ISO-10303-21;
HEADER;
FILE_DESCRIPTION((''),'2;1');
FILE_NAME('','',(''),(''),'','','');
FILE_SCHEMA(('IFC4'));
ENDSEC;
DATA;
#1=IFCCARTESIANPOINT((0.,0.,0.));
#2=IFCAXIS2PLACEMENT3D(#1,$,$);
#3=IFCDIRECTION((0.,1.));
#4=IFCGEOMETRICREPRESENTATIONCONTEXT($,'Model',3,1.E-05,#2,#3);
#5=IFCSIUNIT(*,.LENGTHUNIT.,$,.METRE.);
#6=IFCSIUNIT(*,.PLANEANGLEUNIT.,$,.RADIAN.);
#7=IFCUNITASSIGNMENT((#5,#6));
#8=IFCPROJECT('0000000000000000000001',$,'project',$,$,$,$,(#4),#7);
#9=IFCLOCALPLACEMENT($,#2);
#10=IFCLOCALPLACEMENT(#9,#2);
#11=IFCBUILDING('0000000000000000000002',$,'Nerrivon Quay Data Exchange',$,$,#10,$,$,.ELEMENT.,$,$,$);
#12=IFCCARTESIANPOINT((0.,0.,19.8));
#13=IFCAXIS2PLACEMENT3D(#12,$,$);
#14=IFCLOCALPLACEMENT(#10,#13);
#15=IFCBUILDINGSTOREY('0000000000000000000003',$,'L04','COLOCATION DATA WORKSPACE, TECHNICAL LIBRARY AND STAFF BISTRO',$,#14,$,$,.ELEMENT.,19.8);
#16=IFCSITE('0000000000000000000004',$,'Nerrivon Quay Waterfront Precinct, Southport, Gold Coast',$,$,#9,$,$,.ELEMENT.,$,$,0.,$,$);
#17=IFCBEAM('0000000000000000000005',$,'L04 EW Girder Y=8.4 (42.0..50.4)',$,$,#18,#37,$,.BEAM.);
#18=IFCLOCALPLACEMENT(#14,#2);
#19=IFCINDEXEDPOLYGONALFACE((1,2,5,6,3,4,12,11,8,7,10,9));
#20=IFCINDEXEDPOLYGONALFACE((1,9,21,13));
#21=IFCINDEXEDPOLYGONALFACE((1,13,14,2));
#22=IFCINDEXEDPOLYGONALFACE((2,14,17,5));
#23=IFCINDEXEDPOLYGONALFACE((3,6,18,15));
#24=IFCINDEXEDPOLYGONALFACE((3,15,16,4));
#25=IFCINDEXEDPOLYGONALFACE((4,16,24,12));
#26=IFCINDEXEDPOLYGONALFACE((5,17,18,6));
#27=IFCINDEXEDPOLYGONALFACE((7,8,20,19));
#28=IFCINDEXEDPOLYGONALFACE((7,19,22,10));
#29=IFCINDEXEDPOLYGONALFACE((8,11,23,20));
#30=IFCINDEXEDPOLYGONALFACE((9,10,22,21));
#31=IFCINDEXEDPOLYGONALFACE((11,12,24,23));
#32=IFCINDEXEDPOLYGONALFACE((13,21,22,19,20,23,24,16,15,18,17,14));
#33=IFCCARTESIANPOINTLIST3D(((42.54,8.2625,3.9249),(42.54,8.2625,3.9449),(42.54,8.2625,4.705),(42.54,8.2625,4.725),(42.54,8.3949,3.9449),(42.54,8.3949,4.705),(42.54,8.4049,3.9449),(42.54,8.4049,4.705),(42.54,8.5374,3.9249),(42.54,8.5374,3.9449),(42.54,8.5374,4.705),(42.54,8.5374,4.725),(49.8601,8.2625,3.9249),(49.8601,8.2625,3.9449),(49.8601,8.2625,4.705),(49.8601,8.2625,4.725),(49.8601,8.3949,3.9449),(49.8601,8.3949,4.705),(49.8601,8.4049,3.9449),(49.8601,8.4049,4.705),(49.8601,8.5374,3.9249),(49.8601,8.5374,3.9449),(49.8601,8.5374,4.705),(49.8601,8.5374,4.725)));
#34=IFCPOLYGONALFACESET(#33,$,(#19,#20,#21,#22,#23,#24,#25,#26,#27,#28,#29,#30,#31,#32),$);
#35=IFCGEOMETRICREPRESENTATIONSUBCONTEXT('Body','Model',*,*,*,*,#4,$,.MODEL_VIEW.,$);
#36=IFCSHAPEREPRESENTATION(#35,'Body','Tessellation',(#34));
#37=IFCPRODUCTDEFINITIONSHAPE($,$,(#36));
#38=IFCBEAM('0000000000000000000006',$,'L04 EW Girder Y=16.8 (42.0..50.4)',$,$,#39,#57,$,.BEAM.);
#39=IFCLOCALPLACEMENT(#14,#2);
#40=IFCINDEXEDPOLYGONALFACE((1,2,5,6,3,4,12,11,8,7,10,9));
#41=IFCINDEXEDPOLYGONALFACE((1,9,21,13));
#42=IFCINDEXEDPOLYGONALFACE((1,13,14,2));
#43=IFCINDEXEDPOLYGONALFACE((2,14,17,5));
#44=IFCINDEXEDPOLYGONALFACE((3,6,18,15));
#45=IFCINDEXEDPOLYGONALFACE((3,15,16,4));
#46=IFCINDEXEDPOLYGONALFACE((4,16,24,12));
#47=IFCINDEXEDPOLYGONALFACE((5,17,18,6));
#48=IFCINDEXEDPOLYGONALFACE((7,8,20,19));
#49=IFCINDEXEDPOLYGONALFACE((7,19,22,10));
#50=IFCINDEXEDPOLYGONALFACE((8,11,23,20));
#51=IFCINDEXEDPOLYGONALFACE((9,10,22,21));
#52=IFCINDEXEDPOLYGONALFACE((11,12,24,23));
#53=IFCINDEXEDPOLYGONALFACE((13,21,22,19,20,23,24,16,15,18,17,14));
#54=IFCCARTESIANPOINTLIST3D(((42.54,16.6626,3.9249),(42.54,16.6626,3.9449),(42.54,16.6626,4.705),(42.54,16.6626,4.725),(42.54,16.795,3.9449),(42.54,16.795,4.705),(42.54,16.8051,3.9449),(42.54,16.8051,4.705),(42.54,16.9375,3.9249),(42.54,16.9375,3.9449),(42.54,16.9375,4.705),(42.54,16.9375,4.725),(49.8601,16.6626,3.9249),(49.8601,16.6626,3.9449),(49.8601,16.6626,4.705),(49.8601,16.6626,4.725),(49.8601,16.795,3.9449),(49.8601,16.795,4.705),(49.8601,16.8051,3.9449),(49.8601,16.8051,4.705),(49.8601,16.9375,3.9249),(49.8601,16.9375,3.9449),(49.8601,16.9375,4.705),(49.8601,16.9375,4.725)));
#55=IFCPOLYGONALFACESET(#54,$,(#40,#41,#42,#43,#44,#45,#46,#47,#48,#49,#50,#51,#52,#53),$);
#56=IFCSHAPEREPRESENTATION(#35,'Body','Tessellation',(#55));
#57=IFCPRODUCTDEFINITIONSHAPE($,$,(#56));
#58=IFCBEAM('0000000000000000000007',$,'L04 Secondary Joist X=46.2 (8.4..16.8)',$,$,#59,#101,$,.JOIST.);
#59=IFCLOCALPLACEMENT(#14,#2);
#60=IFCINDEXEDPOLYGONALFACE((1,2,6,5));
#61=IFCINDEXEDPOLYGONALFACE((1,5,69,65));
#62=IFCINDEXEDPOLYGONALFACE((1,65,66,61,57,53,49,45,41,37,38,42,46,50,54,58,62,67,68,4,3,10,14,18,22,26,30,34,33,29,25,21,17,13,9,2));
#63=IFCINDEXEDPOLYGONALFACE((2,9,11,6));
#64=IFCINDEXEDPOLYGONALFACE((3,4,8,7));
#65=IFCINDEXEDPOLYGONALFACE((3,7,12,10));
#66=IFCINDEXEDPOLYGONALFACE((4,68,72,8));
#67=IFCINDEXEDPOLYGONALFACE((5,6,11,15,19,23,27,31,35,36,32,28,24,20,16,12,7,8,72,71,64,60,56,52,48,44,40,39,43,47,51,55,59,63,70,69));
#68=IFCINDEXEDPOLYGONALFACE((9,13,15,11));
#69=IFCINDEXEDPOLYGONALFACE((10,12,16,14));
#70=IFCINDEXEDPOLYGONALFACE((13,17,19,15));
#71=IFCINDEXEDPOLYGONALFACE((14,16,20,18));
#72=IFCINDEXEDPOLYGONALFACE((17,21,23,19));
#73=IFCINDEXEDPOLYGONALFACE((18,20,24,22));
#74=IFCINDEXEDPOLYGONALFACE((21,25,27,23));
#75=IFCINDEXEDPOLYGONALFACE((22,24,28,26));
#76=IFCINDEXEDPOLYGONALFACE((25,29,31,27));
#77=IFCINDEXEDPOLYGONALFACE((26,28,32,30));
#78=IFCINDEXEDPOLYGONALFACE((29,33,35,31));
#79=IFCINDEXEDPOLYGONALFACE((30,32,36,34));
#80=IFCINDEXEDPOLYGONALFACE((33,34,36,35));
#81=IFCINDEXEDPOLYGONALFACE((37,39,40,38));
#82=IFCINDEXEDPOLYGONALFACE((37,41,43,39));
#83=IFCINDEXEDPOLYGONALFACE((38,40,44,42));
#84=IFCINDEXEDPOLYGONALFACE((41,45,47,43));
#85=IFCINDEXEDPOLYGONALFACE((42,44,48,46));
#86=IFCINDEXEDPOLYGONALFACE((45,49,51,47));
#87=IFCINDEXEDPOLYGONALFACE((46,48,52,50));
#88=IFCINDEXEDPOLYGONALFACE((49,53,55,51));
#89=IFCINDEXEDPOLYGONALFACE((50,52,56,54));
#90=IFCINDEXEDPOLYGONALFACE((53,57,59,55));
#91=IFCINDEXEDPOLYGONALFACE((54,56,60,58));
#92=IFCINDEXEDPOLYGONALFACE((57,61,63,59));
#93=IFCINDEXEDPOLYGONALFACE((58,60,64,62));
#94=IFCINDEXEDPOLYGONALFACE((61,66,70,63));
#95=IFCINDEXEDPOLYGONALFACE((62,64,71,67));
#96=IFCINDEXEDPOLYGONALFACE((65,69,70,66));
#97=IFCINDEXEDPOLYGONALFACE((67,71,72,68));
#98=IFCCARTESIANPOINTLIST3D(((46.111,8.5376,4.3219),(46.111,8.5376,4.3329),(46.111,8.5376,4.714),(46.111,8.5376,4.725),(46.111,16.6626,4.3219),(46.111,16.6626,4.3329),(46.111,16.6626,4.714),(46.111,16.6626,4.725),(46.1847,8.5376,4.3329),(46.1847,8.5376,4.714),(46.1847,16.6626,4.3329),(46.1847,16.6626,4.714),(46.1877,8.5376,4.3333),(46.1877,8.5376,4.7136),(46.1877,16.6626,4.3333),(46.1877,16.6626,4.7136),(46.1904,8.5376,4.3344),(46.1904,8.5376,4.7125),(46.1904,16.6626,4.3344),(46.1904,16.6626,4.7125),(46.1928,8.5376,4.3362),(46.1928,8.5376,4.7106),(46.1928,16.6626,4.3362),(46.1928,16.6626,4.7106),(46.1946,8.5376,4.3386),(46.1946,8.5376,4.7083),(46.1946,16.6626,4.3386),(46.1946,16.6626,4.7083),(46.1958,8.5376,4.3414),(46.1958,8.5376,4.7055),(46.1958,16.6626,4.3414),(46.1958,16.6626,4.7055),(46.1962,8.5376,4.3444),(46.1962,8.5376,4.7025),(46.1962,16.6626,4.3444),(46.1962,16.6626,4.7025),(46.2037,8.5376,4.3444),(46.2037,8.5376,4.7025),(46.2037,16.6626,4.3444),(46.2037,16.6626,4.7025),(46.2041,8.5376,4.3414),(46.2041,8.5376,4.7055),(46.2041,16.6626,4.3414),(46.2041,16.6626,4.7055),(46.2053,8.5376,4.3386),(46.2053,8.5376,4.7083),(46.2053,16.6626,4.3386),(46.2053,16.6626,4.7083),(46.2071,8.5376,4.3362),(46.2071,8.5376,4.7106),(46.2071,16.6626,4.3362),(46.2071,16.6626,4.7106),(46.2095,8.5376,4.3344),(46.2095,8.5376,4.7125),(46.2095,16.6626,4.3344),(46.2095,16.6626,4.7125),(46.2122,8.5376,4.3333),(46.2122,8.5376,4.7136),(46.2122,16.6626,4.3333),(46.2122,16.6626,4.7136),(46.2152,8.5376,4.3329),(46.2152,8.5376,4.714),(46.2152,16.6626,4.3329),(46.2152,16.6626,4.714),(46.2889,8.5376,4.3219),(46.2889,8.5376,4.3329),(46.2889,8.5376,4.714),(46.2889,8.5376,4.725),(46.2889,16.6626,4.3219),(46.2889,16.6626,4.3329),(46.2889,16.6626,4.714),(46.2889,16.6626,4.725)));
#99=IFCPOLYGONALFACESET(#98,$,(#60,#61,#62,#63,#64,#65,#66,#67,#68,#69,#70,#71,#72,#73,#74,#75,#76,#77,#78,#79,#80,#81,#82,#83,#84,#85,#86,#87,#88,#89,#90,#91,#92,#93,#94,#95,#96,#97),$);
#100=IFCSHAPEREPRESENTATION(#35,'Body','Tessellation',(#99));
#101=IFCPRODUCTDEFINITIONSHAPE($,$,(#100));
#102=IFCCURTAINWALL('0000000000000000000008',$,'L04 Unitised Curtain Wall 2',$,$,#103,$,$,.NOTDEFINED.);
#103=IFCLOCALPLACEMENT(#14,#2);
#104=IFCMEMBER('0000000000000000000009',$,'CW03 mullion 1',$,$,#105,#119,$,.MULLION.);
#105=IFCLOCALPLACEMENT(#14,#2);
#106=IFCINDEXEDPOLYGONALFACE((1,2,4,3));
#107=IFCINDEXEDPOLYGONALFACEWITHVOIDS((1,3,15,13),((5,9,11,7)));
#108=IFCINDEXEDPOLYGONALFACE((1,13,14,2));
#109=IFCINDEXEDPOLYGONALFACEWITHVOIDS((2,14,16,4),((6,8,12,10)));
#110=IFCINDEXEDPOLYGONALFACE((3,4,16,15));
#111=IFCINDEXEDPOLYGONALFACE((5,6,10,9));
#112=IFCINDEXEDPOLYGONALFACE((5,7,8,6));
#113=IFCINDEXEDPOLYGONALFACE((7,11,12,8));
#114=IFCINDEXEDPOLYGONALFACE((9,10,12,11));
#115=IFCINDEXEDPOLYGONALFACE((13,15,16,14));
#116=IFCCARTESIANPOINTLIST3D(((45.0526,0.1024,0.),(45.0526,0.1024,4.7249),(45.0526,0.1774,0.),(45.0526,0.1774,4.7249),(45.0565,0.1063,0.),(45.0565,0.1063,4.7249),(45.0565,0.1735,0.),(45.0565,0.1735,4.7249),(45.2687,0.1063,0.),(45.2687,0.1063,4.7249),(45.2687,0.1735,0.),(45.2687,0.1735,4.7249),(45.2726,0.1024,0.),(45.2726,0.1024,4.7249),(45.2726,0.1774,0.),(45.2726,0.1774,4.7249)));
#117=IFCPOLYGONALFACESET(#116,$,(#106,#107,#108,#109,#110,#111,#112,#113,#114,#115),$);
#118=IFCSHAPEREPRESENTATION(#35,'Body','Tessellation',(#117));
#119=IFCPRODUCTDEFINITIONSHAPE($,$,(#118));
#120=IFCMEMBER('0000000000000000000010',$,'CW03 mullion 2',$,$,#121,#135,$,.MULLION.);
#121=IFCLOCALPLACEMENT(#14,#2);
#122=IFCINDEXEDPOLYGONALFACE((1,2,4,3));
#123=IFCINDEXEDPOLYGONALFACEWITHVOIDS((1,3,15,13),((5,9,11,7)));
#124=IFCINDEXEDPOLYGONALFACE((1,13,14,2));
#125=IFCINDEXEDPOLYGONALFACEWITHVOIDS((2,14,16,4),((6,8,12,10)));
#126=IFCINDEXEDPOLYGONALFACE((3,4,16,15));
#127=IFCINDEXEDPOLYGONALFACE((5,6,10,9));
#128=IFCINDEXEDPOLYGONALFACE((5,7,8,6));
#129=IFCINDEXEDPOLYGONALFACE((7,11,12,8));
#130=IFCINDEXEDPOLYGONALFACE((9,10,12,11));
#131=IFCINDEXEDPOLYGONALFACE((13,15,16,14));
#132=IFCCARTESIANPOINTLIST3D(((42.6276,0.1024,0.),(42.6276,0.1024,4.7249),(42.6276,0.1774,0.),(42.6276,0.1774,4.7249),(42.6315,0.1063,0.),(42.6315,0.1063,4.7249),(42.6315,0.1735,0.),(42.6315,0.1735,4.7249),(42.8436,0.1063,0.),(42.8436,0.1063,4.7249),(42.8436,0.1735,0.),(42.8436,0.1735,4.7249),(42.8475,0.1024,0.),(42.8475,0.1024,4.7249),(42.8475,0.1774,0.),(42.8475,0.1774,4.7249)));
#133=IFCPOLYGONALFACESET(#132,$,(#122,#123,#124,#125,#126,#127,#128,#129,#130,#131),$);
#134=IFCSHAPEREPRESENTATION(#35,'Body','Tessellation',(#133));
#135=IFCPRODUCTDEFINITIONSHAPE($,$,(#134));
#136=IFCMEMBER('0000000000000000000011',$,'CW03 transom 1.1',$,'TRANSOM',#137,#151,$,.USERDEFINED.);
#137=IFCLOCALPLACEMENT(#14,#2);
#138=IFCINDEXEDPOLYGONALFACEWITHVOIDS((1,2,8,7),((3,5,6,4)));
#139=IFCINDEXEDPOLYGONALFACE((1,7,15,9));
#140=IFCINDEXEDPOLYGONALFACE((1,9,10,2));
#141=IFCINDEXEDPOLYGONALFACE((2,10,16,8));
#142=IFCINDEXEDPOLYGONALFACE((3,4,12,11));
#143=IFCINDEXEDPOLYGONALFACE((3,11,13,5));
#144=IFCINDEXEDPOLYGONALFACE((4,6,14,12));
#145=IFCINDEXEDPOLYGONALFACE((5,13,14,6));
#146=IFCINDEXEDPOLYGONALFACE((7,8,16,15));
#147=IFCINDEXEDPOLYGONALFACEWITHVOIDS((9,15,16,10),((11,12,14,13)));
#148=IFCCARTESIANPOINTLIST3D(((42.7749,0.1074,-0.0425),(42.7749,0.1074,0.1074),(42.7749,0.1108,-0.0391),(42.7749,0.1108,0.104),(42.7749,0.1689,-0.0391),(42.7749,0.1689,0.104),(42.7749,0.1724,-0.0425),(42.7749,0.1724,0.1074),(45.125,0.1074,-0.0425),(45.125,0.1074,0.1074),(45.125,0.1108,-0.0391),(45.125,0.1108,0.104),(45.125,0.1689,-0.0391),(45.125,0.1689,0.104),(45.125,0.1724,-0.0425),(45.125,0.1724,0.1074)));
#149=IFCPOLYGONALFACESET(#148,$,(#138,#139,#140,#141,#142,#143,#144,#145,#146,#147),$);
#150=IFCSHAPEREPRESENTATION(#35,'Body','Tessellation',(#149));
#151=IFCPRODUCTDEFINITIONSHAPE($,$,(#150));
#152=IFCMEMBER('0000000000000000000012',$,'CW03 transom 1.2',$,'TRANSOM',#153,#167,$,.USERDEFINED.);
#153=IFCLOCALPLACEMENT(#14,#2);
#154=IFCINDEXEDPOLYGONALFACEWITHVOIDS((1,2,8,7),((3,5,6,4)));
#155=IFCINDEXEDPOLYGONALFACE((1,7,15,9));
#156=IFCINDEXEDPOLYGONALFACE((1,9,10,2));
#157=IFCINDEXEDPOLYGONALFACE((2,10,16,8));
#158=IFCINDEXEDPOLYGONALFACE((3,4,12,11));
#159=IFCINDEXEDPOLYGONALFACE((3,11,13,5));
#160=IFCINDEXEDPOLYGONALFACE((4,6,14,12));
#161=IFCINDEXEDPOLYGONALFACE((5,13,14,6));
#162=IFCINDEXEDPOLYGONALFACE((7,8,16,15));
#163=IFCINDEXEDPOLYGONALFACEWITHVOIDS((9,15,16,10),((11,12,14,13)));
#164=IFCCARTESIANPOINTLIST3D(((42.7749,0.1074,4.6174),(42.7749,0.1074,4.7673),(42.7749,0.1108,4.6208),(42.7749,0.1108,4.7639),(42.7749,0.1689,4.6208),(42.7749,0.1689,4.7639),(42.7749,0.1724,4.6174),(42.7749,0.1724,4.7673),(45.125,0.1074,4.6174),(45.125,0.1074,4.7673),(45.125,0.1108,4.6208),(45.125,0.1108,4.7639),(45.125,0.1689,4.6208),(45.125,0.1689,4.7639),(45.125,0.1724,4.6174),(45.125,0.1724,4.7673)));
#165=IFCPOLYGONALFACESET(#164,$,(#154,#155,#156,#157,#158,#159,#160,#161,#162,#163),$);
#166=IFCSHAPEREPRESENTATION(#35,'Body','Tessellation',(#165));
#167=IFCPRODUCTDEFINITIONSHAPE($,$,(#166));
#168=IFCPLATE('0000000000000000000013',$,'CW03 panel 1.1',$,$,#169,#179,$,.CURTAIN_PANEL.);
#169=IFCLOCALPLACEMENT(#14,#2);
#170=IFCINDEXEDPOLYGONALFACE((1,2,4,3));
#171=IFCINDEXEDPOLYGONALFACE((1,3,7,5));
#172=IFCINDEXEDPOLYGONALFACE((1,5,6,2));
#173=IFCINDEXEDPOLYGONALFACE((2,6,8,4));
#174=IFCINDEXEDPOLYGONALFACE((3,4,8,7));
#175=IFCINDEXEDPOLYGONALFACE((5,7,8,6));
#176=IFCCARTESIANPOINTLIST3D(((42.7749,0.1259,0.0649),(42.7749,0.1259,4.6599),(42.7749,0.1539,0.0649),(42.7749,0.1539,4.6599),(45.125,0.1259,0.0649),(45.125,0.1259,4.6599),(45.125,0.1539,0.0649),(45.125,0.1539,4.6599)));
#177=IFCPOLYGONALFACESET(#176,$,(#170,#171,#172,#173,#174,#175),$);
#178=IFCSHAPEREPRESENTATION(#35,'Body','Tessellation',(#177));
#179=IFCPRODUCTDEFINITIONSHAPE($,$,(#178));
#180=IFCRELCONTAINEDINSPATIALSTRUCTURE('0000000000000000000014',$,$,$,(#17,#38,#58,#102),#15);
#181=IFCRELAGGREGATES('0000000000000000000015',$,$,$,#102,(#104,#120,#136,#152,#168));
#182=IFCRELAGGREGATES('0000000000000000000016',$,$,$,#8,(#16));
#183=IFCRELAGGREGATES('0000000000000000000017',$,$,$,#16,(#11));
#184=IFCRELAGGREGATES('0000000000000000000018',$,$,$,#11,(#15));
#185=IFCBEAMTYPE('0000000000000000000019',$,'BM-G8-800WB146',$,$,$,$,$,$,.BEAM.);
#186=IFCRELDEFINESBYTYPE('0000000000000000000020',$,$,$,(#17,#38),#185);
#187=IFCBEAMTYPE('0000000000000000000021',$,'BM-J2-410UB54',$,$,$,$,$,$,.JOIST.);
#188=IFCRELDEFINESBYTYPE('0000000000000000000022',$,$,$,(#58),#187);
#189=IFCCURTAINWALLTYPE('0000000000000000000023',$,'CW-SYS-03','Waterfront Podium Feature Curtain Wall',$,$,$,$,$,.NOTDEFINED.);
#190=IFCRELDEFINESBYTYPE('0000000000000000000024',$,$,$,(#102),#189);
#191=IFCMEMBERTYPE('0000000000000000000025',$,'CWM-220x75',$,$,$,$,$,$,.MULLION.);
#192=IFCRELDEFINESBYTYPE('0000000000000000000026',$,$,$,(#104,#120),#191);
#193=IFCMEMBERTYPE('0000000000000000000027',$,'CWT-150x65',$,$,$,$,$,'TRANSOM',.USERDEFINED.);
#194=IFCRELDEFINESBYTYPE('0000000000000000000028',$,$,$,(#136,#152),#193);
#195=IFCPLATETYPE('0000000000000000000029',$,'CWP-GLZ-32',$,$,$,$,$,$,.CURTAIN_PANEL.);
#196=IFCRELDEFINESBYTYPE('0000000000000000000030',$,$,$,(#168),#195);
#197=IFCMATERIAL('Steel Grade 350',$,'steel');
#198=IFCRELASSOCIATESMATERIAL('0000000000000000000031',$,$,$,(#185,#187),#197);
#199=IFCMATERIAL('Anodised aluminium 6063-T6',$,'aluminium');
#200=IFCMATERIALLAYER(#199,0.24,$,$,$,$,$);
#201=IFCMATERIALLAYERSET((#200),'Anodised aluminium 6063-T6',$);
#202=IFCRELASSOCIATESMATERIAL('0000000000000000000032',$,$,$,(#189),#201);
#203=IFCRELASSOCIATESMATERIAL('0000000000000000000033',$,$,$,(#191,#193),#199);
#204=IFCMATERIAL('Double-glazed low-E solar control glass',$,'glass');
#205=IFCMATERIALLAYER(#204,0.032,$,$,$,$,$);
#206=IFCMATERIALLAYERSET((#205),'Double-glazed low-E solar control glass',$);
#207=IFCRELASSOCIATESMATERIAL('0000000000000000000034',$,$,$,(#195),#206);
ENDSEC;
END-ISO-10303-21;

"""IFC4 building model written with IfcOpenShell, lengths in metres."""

from ifc_helpers import new_model, si_unit, direction, frame, origin, origin_2d, place, context, subcontext, project, spatial, rectangle, hollow_rectangle, i_section, extrude, material, layer, layer_set, material_profile, profile_set, type_object, element, aggregate, save


model = new_model("IFC4")

# Units and contexts
model_context = context("Model", 3, precision=1e-05, world=origin(), true_north=direction((0.0, 1.0)))
body_context = subcontext(model_context, "Body", "Model", "MODEL_VIEW")
ifc_project = project(units=[si_unit("LENGTHUNIT", "METRE"), si_unit("PLANEANGLEUNIT", "RADIAN")], contexts=[model_context])

# Site, building, storey
site_placement = place(None, origin())
site = spatial("IfcSite", under=ifc_project, at=site_placement, Name="Nerrivon Quay Waterfront Precinct, Southport, Gold Coast", CompositionType="ELEMENT", RefElevation=0.0)
building_placement = place(site_placement, origin())
building = spatial("IfcBuilding", under=site, at=building_placement, Name="Nerrivon Quay Data Exchange", CompositionType="ELEMENT")
storey_placement = place(building_placement, frame((0.0, 0.0, 19.8)))
storey = spatial("IfcBuildingStorey", under=building, at=storey_placement, Name="L04", Description="COLOCATION DATA WORKSPACE, TECHNICAL LIBRARY AND STAFF BISTRO", CompositionType="ELEMENT", Elevation=19.8)

# Beams
ifc_material_1 = material(Name="Steel Grade 350", Category="steel")
ifc_material_profile_1 = material_profile(ifc_material_1, i_section(OverallWidth=0.2749, OverallDepth=0.8, WebThickness=0.01, FlangeThickness=0.02, at=origin_2d()), Name="800WB146")
ifc_profile_set_1 = profile_set([ifc_material_profile_1], Name="Steel Grade 350")
beam_type_1 = type_object("IfcBeamType", Name="BM-G8-800WB146", PredefinedType="BEAM", material=ifc_profile_set_1)
for number, where, z_axis, x_axis, name in (
    (1, (42.54, 8.3999, 4.325), (1.0, 0.0, 0.0), (0.0, 1.0, 0.0), "L04 EW Girder Y=8.4 (42.0..50.4)"),
    (2, (42.54, 16.8, 4.325), (1.0, 0.0, 0.0), (0.0, 1.0, 0.0), "L04 EW Girder Y=16.8 (42.0..50.4)"),
):
    element("IfcBeam", number, at=place(storey_placement, frame(where, z_axis=z_axis, x_axis=x_axis)), inside=storey, type_object=beam_type_1, Name=name, PredefinedType="BEAM", context=body_context, shape_type="SweptSolid", body=[
        extrude(i_section(OverallWidth=0.2749, OverallDepth=0.8, WebThickness=0.01, FlangeThickness=0.02, at=origin_2d()), origin(), (0.0, 0.0, 1.0), 7.3201),
    ])
ifc_material_profile_2 = material_profile(ifc_material_1, i_section(OverallWidth=0.178, OverallDepth=0.4031, WebThickness=0.0076, FlangeThickness=0.011, FilletRadius=0.0115, at=origin_2d()), Name="410UB53.7")
ifc_profile_set_2 = profile_set([ifc_material_profile_2], Name="Steel Grade 350")
beam_type_2 = type_object("IfcBeamType", Name="BM-J2-410UB54", PredefinedType="JOIST", material=ifc_profile_set_2)
beam_placement = place(storey_placement, frame((46.2, 8.5376, 4.5234), z_axis=(0.0, 1.0, 0.0), x_axis=(-1.0, 0.0, 0.0)))
element("IfcBeam", 3, at=beam_placement, inside=storey, type_object=beam_type_2, Name="L04 Secondary Joist X=46.2 (8.4..16.8)", PredefinedType="JOIST", context=body_context, shape_type="SweptSolid", body=[
    extrude(i_section(OverallWidth=0.178, OverallDepth=0.4031, WebThickness=0.0076, FlangeThickness=0.011, FilletRadius=0.0115, at=origin_2d()), origin(), (0.0, 0.0, 1.0), 8.125),
])

# Curtain wall, members, plate
ifc_material_2 = material(Name="Anodised aluminium 6063-T6", Category="aluminium")
ifc_layer_1 = layer(ifc_material_2, 0.24)
ifc_layer_set_1 = layer_set([ifc_layer_1], Name="Anodised aluminium 6063-T6")
curtain_wall_type = type_object("IfcCurtainWallType", Name="CW-SYS-03", Description="Waterfront Podium Feature Curtain Wall", PredefinedType="NOTDEFINED", material=ifc_layer_set_1)
curtain_wall_placement = place(storey_placement, origin())
curtain_wall = element("IfcCurtainWall", 4, at=curtain_wall_placement, inside=storey, type_object=curtain_wall_type, Name="L04 Unitised Curtain Wall 2", PredefinedType="NOTDEFINED")
ifc_material_profile_3 = material_profile(ifc_material_2, hollow_rectangle(XDim=0.075, YDim=0.22, WallThickness=0.0039, at=origin_2d()), Name="ALU-MULL-220x75")
ifc_profile_set_3 = profile_set([ifc_material_profile_3], Name="Anodised aluminium 6063-T6")
member_type_1 = type_object("IfcMemberType", Name="CWM-220x75", PredefinedType="MULLION", material=ifc_profile_set_3)
member_1_placement = place(storey_placement, frame((45.1626, 0.1399, 0.0), z_axis=(0.0, 0.0, 1.0), x_axis=(0.0, -1.0, 0.0)))
member_1 = element("IfcMember", 5, at=member_1_placement, type_object=member_type_1, Name="CW03 mullion 1", PredefinedType="MULLION", context=body_context, shape_type="SweptSolid", body=[
    extrude(hollow_rectangle(XDim=0.075, YDim=0.22, WallThickness=0.0039, at=origin_2d()), origin(), (0.0, 0.0, 1.0), 4.7249),
])
member_2_placement = place(storey_placement, frame((42.7375, 0.1399, 0.0), z_axis=(0.0, 0.0, 1.0), x_axis=(0.0, -1.0, 0.0)))
member_2 = element("IfcMember", 6, at=member_2_placement, type_object=member_type_1, Name="CW03 mullion 2", PredefinedType="MULLION", context=body_context, shape_type="SweptSolid", body=[
    extrude(hollow_rectangle(XDim=0.075, YDim=0.22, WallThickness=0.0039, at=origin_2d()), origin(), (0.0, 0.0, 1.0), 4.7249),
])
ifc_material_profile_4 = material_profile(ifc_material_2, hollow_rectangle(XDim=0.0649, YDim=0.1499, WallThickness=0.0034, at=origin_2d()), Name="ALU-TRAN-150x65")
ifc_profile_set_4 = profile_set([ifc_material_profile_4], Name="Anodised aluminium 6063-T6")
member_type_2 = type_object("IfcMemberType", Name="CWT-150x65", ElementType="TRANSOM", PredefinedType="USERDEFINED", material=ifc_profile_set_4)
member_3_placement = place(storey_placement, frame((45.125, 0.1399, 0.0325), z_axis=(-1.0, 0.0, 0.0), x_axis=(0.0, -1.0, 0.0)))
member_3 = element("IfcMember", 7, at=member_3_placement, type_object=member_type_2, Name="CW03 transom 1.1", ObjectType="TRANSOM", PredefinedType="USERDEFINED", context=body_context, shape_type="SweptSolid", body=[
    extrude(hollow_rectangle(XDim=0.0649, YDim=0.1499, WallThickness=0.0034, at=origin_2d()), origin(), (0.0, 0.0, 1.0), 2.3501),
])
member_4_placement = place(storey_placement, frame((45.125, 0.1399, 4.6924), z_axis=(-1.0, 0.0, 0.0), x_axis=(0.0, -1.0, 0.0)))
member_4 = element("IfcMember", 8, at=member_4_placement, type_object=member_type_2, Name="CW03 transom 1.2", ObjectType="TRANSOM", PredefinedType="USERDEFINED", context=body_context, shape_type="SweptSolid", body=[
    extrude(hollow_rectangle(XDim=0.0649, YDim=0.1499, WallThickness=0.0034, at=origin_2d()), origin(), (0.0, 0.0, 1.0), 2.3501),
])
ifc_material_3 = material(Name="Double-glazed low-E solar control glass", Category="glass")
ifc_layer_2 = layer(ifc_material_3, 0.032)
ifc_layer_set_2 = layer_set([ifc_layer_2], Name="Double-glazed low-E solar control glass")
plate_type = type_object("IfcPlateType", Name="CWP-GLZ-32", PredefinedType="CURTAIN_PANEL", material=ifc_layer_set_2)
plate_placement = place(storey_placement, frame((43.95, 0.1399, 0.0649), z_axis=(0.0, 0.0, 1.0), x_axis=(-1.0, 0.0, 0.0)))
plate = element("IfcPlate", 9, at=plate_placement, type_object=plate_type, Name="CW03 panel 1.1", PredefinedType="CURTAIN_PANEL", context=body_context, shape_type="SweptSolid", body=[
    extrude(rectangle(XDim=2.3501, YDim=0.0281, at=origin_2d()), origin(), (0.0, 0.0, 1.0), 4.595),
])
aggregate(curtain_wall, [member_1, member_2, member_3, member_4, plate])

save(model, "model.ifc")
